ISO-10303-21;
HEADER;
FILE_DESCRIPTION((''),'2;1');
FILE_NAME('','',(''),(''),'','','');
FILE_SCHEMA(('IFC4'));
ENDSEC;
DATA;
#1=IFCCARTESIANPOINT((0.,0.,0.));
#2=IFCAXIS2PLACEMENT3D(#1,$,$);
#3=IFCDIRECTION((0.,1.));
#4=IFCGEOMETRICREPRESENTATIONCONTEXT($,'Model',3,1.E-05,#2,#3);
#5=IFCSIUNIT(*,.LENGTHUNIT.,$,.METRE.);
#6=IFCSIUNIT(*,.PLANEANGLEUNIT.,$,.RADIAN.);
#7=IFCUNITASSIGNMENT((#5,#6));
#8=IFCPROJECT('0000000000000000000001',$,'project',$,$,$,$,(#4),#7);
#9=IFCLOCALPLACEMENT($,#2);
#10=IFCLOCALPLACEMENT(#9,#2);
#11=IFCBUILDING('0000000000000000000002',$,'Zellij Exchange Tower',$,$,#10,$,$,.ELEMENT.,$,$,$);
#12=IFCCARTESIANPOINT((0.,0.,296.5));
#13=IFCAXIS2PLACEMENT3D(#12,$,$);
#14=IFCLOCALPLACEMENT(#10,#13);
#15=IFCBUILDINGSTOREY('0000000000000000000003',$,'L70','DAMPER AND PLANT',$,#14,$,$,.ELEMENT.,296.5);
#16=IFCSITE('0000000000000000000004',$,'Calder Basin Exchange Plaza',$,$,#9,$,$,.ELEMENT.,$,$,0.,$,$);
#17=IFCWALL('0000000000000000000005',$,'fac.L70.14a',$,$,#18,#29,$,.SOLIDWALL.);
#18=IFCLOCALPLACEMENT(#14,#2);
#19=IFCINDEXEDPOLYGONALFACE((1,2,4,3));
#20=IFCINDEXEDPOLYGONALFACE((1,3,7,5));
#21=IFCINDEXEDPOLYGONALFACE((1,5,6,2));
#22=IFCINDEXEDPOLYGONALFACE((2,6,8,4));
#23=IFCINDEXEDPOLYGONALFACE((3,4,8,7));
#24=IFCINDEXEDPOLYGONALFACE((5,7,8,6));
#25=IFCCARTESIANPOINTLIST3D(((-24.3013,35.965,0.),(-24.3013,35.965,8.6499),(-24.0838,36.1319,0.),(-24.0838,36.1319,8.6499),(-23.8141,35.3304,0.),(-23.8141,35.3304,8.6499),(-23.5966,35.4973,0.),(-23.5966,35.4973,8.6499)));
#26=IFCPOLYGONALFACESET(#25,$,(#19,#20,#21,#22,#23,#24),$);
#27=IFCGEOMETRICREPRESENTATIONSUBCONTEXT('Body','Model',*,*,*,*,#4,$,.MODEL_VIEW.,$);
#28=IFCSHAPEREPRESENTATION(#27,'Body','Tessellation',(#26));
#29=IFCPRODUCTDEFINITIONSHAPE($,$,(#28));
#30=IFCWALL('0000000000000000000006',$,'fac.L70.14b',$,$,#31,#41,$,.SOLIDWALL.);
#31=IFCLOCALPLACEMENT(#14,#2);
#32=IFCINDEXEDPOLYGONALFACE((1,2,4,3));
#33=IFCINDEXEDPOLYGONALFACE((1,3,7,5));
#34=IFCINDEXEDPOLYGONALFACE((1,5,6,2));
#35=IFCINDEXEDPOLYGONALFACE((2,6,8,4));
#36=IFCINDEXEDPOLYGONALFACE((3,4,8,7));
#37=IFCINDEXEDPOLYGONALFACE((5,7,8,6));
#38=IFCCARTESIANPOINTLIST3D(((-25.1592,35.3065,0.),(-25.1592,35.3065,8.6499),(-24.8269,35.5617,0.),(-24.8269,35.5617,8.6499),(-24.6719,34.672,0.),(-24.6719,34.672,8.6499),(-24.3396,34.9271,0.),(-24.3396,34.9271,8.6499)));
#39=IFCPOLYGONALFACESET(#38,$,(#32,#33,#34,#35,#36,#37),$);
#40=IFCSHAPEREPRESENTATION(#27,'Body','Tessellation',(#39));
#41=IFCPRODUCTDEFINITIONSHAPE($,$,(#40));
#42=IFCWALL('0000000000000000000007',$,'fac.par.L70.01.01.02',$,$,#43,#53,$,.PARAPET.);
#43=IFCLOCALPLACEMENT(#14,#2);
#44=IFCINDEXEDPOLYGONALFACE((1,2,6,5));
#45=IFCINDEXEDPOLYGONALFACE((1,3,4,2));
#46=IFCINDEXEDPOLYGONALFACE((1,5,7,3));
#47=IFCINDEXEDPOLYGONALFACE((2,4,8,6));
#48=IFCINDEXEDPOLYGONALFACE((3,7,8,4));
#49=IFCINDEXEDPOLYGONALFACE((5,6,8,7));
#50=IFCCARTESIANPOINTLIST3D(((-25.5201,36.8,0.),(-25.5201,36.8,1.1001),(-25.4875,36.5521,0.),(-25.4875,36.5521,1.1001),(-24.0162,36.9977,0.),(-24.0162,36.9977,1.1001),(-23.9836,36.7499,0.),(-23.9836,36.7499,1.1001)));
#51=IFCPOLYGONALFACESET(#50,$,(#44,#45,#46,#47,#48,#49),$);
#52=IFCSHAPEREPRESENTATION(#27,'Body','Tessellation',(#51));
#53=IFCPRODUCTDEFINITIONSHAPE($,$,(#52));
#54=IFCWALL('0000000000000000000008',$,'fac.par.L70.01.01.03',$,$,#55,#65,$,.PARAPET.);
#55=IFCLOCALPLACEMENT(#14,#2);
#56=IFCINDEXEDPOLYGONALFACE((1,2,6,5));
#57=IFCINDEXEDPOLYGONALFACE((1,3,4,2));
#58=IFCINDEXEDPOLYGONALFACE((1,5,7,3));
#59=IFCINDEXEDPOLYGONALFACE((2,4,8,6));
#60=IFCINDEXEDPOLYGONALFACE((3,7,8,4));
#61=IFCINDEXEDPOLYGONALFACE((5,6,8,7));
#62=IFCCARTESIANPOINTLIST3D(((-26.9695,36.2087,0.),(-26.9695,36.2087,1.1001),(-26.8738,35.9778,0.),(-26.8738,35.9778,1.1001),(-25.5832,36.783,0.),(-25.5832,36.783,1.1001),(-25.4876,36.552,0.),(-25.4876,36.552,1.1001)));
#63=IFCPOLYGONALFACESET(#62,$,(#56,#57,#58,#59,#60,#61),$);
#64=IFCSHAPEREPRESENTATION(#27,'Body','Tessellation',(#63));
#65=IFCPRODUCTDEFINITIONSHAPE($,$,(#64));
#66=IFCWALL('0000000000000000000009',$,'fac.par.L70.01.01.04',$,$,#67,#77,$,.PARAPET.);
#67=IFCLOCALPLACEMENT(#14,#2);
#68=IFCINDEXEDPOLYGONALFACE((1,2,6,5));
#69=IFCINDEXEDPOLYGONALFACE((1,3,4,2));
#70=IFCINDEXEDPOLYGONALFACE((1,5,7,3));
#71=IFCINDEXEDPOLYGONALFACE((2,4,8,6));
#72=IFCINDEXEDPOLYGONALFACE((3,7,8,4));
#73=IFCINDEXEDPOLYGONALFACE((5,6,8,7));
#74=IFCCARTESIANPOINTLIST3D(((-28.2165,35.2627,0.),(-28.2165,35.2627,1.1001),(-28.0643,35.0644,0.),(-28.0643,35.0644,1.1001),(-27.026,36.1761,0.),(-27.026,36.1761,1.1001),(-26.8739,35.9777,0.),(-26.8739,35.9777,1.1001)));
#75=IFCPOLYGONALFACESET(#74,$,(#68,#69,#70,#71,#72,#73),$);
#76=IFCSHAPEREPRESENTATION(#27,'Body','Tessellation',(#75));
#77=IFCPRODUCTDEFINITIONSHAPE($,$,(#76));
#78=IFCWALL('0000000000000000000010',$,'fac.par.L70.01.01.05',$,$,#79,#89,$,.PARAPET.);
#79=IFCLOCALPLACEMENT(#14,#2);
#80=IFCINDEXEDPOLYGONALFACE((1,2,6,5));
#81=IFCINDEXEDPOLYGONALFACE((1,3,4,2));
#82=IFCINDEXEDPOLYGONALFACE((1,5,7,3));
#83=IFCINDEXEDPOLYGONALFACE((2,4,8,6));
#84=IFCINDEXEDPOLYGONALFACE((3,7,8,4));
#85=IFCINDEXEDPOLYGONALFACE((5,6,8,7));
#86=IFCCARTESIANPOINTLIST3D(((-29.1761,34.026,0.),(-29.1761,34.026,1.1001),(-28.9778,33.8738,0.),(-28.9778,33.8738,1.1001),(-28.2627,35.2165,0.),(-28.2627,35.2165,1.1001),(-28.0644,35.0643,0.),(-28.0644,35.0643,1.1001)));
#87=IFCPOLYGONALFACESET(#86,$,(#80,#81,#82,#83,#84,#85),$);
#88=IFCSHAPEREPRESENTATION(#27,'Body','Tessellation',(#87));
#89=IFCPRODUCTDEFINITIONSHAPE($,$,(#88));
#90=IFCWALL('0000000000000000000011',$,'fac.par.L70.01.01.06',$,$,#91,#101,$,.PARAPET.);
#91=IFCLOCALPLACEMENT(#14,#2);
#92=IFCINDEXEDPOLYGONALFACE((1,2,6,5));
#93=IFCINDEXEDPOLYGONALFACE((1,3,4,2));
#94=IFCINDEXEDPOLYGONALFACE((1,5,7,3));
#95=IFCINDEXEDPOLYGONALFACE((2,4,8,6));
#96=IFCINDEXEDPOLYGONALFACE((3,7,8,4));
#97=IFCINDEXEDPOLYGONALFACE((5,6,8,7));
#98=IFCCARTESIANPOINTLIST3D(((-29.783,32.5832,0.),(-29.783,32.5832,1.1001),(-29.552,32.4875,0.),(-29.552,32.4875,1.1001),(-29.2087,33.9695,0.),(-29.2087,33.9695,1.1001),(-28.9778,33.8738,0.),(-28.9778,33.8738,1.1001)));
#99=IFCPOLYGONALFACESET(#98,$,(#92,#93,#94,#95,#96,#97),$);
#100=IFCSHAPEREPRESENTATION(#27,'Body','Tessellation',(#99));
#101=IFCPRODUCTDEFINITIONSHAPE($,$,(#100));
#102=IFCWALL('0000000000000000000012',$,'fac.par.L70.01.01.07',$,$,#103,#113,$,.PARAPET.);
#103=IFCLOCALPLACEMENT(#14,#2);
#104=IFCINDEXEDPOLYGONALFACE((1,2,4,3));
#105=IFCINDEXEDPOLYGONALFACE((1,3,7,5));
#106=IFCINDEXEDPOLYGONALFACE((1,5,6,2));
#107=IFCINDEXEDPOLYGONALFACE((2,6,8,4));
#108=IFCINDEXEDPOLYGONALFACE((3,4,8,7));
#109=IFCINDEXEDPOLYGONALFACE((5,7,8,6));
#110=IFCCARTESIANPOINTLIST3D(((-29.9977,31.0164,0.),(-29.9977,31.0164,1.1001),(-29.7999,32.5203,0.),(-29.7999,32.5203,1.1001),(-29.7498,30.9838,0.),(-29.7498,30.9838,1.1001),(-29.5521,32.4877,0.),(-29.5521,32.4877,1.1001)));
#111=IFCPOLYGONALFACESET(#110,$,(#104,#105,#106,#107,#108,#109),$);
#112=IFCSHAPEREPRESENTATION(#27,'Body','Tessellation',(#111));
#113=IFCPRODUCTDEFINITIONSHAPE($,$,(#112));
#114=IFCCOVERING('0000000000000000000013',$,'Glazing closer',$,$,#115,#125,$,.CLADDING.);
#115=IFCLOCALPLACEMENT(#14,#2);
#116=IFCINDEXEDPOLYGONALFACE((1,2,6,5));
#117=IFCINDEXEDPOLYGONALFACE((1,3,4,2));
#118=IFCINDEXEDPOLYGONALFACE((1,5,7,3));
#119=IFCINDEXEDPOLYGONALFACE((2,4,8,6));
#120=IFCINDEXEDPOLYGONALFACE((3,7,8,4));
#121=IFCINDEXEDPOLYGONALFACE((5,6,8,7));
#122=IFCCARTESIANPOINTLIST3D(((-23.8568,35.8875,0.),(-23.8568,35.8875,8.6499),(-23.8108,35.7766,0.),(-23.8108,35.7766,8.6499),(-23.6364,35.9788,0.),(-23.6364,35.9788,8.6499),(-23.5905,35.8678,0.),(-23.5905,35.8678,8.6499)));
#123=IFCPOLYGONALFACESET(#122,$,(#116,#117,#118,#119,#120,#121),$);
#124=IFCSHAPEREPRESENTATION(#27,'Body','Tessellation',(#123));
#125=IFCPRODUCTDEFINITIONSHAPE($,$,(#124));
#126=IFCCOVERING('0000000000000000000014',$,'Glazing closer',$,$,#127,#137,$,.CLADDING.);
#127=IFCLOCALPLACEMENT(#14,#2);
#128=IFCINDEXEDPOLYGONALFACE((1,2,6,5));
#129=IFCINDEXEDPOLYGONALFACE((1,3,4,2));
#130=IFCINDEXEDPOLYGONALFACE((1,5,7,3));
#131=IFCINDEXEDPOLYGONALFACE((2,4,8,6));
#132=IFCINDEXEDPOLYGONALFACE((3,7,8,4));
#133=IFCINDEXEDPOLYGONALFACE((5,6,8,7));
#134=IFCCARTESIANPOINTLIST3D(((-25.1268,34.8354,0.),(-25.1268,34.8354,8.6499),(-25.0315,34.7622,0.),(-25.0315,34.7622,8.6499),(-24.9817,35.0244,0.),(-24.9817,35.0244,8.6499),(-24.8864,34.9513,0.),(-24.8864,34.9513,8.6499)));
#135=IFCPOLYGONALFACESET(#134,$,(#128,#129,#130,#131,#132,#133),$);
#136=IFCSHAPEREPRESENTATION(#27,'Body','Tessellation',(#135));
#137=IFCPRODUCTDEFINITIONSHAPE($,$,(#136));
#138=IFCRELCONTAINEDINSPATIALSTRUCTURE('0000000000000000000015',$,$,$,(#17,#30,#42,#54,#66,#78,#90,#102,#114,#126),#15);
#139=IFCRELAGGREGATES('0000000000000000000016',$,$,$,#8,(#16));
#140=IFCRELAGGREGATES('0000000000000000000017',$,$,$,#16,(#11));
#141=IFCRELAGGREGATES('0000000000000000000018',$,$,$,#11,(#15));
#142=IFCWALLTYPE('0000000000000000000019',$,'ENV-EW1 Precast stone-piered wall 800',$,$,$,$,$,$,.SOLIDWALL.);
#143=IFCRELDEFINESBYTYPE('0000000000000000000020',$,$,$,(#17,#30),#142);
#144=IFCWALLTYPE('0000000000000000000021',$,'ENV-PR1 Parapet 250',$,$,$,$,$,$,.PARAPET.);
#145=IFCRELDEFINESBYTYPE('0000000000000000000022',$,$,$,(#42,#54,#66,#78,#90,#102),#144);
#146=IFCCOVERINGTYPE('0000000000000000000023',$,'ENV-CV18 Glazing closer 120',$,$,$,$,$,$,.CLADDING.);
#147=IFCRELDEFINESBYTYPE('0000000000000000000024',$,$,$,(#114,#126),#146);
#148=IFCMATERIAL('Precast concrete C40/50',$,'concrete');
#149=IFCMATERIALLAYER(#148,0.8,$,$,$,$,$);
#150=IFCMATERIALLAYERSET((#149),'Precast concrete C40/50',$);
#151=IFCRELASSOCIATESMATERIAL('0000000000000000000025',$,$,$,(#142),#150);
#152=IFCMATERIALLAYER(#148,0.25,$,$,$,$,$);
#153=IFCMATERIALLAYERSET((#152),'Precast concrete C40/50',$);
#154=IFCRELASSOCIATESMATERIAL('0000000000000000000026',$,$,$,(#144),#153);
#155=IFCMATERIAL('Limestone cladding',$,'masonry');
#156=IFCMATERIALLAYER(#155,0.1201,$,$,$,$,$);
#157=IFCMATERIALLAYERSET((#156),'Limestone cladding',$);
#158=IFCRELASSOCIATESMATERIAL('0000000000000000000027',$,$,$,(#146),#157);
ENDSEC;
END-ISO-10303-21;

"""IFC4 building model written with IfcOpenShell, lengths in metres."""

from ifc_helpers import new_model, si_unit, direction, frame, frame_2d, origin, origin_2d, place, context, subcontext, project, spatial, rectangle, extrude, material, layer, layer_set, type_object, element, save


model = new_model("IFC4")

# Units and contexts
model_context = context("Model", 3, precision=1e-05, world=origin(), true_north=direction((0.0, 1.0)))
body_context = subcontext(model_context, "Body", "Model", "MODEL_VIEW")
ifc_project = project(units=[si_unit("LENGTHUNIT", "METRE"), si_unit("PLANEANGLEUNIT", "RADIAN")], contexts=[model_context])

# Site, building, storey
site_placement = place(None, origin())
site = spatial("IfcSite", under=ifc_project, at=site_placement, Name="Calder Basin Exchange Plaza", CompositionType="ELEMENT", RefElevation=0.0)
building_placement = place(site_placement, origin())
building = spatial("IfcBuilding", under=site, at=building_placement, Name="Zellij Exchange Tower", CompositionType="ELEMENT")
storey_placement = place(building_placement, frame((0.0, 0.0, 296.5)))
storey = spatial("IfcBuildingStorey", under=building, at=storey_placement, Name="L70", Description="DAMPER AND PLANT", CompositionType="ELEMENT", Elevation=296.5)

# Walls
ifc_material_1 = material(Name="Precast concrete C40/50", Category="concrete")
ifc_layer_1 = layer(ifc_material_1, 0.8)
ifc_layer_set_1 = layer_set([ifc_layer_1], Name="Precast concrete C40/50")
wall_type_1 = type_object("IfcWallType", Name="ENV-EW1 Precast stone-piered wall 800", PredefinedType="SOLIDWALL", material=ifc_layer_set_1)
wall_1_placement = place(storey_placement, frame((-23.8401, 35.8147, 0.0), z_axis=(0.0, 0.0, 1.0), x_axis=(-0.793219, -0.608936, 0.0)))
element("IfcWall", 1, at=wall_1_placement, inside=storey, type_object=wall_type_1, Name="fac.L70.14a", PredefinedType="SOLIDWALL", context=body_context, shape_type="SweptSolid", body=[
    extrude(rectangle(XDim=0.2742, YDim=0.8, at=frame_2d((0.1372, 0.0))), origin(), (0.0, 0.0, 1.0), 8.6499),
])
wall_2_placement = place(storey_placement, frame((-24.5833, 35.2444, 0.0), z_axis=(0.0, 0.0, 1.0), x_axis=(-0.793165, -0.609006, 0.0)))
element("IfcWall", 2, at=wall_2_placement, inside=storey, type_object=wall_type_1, Name="fac.L70.14b", PredefinedType="SOLIDWALL", context=body_context, shape_type="SweptSolid", body=[
    extrude(rectangle(XDim=0.4189, YDim=0.8, at=frame_2d((0.2095, 0.0))), origin(), (0.0, 0.0, 1.0), 8.6499),
])
ifc_layer_2 = layer(ifc_material_1, 0.25)
ifc_layer_set_2 = layer_set([ifc_layer_2], Name="Precast concrete C40/50")
wall_type_2 = type_object("IfcWallType", Name="ENV-PR1 Parapet 250", PredefinedType="PARAPET", material=ifc_layer_set_2)
wall_3_placement = place(storey_placement, frame((-24.0, 36.8738, 0.0), z_axis=(0.0, 0.0, 1.0), x_axis=(-0.991465, -0.130371, 0.0)))
element("IfcWall", 3, at=wall_3_placement, inside=storey, type_object=wall_type_2, Name="fac.par.L70.01.01.02", PredefinedType="PARAPET", context=body_context, shape_type="SweptSolid", body=[
    extrude(rectangle(XDim=1.5168, YDim=0.25, at=frame_2d((0.7583, 0.0))), origin(), (0.0, 0.0, 1.0), 1.1001),
])
for number, where, z_axis, x_axis, name in (
    (4, (-25.5354, 36.6675, 0.0), (0.0, 0.0, 1.0), (-0.923874, -0.382697, 0.0), "fac.par.L70.01.01.03"),
    (5, (-26.95, 36.0769, 0.0), (0.0, 0.0, 1.0), (-0.793392, -0.608712, 0.0), "fac.par.L70.01.01.04"),
    (6, (-28.1636, 35.1404, 0.0), (0.0, 0.0, 1.0), (-0.608712, -0.793392, 0.0), "fac.par.L70.01.01.05"),
    (7, (-29.0933, 33.9216, 0.0), (0.0, 0.0, 1.0), (-0.382697, -0.923874, 0.0), "fac.par.L70.01.01.06"),
):
    element("IfcWall", number, at=place(storey_placement, frame(where, z_axis=z_axis, x_axis=x_axis)), inside=storey, type_object=wall_type_2, Name=name, PredefinedType="PARAPET", context=body_context, shape_type="SweptSolid", body=[
        extrude(rectangle(XDim=1.5005, YDim=0.25, at=frame_2d((0.7502, 0.0))), origin(), (0.0, 0.0, 1.0), 1.1001),
    ])
wall_4_placement = place(storey_placement, frame((-29.676, 32.5039, 0.0), z_axis=(0.0, 0.0, 1.0), x_axis=(-0.130371, -0.991465, 0.0)))
element("IfcWall", 8, at=wall_4_placement, inside=storey, type_object=wall_type_2, Name="fac.par.L70.01.01.07", PredefinedType="PARAPET", context=body_context, shape_type="SweptSolid", body=[
    extrude(rectangle(XDim=1.5168, YDim=0.25, at=frame_2d((0.7583, 0.0))), origin(), (0.0, 0.0, 1.0), 1.1001),
])

# Coverings
ifc_material_2 = material(Name="Limestone cladding", Category="masonry")
ifc_layer_3 = layer(ifc_material_2, 0.1201)
ifc_layer_set_3 = layer_set([ifc_layer_3], Name="Limestone cladding")
covering_type = type_object("IfcCoveringType", Name="ENV-CV18 Glazing closer 120", PredefinedType="CLADDING", material=ifc_layer_set_3)
covering_1_placement = place(storey_placement, frame((-23.7236, 35.8777, 0.0), z_axis=(0.0, 0.0, 1.0), x_axis=(-0.923882, -0.382679, 0.0)))
element("IfcCovering", 9, at=covering_1_placement, inside=storey, type_object=covering_type, Name="Glazing closer", PredefinedType="CLADDING", context=body_context, shape_type="SweptSolid", body=[
    extrude(rectangle(XDim=0.2385, YDim=0.1201, at=origin_2d()), origin(), (0.0, 0.0, 1.0), 8.6499),
])
covering_2_placement = place(storey_placement, frame((-25.0066, 34.8933, 0.0), z_axis=(0.0, 0.0, 1.0), x_axis=(0.60881, 0.793316, 0.0)))
element("IfcCovering", 10, at=covering_2_placement, inside=storey, type_object=covering_type, Name="Glazing closer", PredefinedType="CLADDING", context=body_context, shape_type="SweptSolid", body=[
    extrude(rectangle(XDim=0.2383, YDim=0.1201, at=origin_2d()), origin(), (0.0, 0.0, 1.0), 8.6499),
])

save(model, "model.ifc")
